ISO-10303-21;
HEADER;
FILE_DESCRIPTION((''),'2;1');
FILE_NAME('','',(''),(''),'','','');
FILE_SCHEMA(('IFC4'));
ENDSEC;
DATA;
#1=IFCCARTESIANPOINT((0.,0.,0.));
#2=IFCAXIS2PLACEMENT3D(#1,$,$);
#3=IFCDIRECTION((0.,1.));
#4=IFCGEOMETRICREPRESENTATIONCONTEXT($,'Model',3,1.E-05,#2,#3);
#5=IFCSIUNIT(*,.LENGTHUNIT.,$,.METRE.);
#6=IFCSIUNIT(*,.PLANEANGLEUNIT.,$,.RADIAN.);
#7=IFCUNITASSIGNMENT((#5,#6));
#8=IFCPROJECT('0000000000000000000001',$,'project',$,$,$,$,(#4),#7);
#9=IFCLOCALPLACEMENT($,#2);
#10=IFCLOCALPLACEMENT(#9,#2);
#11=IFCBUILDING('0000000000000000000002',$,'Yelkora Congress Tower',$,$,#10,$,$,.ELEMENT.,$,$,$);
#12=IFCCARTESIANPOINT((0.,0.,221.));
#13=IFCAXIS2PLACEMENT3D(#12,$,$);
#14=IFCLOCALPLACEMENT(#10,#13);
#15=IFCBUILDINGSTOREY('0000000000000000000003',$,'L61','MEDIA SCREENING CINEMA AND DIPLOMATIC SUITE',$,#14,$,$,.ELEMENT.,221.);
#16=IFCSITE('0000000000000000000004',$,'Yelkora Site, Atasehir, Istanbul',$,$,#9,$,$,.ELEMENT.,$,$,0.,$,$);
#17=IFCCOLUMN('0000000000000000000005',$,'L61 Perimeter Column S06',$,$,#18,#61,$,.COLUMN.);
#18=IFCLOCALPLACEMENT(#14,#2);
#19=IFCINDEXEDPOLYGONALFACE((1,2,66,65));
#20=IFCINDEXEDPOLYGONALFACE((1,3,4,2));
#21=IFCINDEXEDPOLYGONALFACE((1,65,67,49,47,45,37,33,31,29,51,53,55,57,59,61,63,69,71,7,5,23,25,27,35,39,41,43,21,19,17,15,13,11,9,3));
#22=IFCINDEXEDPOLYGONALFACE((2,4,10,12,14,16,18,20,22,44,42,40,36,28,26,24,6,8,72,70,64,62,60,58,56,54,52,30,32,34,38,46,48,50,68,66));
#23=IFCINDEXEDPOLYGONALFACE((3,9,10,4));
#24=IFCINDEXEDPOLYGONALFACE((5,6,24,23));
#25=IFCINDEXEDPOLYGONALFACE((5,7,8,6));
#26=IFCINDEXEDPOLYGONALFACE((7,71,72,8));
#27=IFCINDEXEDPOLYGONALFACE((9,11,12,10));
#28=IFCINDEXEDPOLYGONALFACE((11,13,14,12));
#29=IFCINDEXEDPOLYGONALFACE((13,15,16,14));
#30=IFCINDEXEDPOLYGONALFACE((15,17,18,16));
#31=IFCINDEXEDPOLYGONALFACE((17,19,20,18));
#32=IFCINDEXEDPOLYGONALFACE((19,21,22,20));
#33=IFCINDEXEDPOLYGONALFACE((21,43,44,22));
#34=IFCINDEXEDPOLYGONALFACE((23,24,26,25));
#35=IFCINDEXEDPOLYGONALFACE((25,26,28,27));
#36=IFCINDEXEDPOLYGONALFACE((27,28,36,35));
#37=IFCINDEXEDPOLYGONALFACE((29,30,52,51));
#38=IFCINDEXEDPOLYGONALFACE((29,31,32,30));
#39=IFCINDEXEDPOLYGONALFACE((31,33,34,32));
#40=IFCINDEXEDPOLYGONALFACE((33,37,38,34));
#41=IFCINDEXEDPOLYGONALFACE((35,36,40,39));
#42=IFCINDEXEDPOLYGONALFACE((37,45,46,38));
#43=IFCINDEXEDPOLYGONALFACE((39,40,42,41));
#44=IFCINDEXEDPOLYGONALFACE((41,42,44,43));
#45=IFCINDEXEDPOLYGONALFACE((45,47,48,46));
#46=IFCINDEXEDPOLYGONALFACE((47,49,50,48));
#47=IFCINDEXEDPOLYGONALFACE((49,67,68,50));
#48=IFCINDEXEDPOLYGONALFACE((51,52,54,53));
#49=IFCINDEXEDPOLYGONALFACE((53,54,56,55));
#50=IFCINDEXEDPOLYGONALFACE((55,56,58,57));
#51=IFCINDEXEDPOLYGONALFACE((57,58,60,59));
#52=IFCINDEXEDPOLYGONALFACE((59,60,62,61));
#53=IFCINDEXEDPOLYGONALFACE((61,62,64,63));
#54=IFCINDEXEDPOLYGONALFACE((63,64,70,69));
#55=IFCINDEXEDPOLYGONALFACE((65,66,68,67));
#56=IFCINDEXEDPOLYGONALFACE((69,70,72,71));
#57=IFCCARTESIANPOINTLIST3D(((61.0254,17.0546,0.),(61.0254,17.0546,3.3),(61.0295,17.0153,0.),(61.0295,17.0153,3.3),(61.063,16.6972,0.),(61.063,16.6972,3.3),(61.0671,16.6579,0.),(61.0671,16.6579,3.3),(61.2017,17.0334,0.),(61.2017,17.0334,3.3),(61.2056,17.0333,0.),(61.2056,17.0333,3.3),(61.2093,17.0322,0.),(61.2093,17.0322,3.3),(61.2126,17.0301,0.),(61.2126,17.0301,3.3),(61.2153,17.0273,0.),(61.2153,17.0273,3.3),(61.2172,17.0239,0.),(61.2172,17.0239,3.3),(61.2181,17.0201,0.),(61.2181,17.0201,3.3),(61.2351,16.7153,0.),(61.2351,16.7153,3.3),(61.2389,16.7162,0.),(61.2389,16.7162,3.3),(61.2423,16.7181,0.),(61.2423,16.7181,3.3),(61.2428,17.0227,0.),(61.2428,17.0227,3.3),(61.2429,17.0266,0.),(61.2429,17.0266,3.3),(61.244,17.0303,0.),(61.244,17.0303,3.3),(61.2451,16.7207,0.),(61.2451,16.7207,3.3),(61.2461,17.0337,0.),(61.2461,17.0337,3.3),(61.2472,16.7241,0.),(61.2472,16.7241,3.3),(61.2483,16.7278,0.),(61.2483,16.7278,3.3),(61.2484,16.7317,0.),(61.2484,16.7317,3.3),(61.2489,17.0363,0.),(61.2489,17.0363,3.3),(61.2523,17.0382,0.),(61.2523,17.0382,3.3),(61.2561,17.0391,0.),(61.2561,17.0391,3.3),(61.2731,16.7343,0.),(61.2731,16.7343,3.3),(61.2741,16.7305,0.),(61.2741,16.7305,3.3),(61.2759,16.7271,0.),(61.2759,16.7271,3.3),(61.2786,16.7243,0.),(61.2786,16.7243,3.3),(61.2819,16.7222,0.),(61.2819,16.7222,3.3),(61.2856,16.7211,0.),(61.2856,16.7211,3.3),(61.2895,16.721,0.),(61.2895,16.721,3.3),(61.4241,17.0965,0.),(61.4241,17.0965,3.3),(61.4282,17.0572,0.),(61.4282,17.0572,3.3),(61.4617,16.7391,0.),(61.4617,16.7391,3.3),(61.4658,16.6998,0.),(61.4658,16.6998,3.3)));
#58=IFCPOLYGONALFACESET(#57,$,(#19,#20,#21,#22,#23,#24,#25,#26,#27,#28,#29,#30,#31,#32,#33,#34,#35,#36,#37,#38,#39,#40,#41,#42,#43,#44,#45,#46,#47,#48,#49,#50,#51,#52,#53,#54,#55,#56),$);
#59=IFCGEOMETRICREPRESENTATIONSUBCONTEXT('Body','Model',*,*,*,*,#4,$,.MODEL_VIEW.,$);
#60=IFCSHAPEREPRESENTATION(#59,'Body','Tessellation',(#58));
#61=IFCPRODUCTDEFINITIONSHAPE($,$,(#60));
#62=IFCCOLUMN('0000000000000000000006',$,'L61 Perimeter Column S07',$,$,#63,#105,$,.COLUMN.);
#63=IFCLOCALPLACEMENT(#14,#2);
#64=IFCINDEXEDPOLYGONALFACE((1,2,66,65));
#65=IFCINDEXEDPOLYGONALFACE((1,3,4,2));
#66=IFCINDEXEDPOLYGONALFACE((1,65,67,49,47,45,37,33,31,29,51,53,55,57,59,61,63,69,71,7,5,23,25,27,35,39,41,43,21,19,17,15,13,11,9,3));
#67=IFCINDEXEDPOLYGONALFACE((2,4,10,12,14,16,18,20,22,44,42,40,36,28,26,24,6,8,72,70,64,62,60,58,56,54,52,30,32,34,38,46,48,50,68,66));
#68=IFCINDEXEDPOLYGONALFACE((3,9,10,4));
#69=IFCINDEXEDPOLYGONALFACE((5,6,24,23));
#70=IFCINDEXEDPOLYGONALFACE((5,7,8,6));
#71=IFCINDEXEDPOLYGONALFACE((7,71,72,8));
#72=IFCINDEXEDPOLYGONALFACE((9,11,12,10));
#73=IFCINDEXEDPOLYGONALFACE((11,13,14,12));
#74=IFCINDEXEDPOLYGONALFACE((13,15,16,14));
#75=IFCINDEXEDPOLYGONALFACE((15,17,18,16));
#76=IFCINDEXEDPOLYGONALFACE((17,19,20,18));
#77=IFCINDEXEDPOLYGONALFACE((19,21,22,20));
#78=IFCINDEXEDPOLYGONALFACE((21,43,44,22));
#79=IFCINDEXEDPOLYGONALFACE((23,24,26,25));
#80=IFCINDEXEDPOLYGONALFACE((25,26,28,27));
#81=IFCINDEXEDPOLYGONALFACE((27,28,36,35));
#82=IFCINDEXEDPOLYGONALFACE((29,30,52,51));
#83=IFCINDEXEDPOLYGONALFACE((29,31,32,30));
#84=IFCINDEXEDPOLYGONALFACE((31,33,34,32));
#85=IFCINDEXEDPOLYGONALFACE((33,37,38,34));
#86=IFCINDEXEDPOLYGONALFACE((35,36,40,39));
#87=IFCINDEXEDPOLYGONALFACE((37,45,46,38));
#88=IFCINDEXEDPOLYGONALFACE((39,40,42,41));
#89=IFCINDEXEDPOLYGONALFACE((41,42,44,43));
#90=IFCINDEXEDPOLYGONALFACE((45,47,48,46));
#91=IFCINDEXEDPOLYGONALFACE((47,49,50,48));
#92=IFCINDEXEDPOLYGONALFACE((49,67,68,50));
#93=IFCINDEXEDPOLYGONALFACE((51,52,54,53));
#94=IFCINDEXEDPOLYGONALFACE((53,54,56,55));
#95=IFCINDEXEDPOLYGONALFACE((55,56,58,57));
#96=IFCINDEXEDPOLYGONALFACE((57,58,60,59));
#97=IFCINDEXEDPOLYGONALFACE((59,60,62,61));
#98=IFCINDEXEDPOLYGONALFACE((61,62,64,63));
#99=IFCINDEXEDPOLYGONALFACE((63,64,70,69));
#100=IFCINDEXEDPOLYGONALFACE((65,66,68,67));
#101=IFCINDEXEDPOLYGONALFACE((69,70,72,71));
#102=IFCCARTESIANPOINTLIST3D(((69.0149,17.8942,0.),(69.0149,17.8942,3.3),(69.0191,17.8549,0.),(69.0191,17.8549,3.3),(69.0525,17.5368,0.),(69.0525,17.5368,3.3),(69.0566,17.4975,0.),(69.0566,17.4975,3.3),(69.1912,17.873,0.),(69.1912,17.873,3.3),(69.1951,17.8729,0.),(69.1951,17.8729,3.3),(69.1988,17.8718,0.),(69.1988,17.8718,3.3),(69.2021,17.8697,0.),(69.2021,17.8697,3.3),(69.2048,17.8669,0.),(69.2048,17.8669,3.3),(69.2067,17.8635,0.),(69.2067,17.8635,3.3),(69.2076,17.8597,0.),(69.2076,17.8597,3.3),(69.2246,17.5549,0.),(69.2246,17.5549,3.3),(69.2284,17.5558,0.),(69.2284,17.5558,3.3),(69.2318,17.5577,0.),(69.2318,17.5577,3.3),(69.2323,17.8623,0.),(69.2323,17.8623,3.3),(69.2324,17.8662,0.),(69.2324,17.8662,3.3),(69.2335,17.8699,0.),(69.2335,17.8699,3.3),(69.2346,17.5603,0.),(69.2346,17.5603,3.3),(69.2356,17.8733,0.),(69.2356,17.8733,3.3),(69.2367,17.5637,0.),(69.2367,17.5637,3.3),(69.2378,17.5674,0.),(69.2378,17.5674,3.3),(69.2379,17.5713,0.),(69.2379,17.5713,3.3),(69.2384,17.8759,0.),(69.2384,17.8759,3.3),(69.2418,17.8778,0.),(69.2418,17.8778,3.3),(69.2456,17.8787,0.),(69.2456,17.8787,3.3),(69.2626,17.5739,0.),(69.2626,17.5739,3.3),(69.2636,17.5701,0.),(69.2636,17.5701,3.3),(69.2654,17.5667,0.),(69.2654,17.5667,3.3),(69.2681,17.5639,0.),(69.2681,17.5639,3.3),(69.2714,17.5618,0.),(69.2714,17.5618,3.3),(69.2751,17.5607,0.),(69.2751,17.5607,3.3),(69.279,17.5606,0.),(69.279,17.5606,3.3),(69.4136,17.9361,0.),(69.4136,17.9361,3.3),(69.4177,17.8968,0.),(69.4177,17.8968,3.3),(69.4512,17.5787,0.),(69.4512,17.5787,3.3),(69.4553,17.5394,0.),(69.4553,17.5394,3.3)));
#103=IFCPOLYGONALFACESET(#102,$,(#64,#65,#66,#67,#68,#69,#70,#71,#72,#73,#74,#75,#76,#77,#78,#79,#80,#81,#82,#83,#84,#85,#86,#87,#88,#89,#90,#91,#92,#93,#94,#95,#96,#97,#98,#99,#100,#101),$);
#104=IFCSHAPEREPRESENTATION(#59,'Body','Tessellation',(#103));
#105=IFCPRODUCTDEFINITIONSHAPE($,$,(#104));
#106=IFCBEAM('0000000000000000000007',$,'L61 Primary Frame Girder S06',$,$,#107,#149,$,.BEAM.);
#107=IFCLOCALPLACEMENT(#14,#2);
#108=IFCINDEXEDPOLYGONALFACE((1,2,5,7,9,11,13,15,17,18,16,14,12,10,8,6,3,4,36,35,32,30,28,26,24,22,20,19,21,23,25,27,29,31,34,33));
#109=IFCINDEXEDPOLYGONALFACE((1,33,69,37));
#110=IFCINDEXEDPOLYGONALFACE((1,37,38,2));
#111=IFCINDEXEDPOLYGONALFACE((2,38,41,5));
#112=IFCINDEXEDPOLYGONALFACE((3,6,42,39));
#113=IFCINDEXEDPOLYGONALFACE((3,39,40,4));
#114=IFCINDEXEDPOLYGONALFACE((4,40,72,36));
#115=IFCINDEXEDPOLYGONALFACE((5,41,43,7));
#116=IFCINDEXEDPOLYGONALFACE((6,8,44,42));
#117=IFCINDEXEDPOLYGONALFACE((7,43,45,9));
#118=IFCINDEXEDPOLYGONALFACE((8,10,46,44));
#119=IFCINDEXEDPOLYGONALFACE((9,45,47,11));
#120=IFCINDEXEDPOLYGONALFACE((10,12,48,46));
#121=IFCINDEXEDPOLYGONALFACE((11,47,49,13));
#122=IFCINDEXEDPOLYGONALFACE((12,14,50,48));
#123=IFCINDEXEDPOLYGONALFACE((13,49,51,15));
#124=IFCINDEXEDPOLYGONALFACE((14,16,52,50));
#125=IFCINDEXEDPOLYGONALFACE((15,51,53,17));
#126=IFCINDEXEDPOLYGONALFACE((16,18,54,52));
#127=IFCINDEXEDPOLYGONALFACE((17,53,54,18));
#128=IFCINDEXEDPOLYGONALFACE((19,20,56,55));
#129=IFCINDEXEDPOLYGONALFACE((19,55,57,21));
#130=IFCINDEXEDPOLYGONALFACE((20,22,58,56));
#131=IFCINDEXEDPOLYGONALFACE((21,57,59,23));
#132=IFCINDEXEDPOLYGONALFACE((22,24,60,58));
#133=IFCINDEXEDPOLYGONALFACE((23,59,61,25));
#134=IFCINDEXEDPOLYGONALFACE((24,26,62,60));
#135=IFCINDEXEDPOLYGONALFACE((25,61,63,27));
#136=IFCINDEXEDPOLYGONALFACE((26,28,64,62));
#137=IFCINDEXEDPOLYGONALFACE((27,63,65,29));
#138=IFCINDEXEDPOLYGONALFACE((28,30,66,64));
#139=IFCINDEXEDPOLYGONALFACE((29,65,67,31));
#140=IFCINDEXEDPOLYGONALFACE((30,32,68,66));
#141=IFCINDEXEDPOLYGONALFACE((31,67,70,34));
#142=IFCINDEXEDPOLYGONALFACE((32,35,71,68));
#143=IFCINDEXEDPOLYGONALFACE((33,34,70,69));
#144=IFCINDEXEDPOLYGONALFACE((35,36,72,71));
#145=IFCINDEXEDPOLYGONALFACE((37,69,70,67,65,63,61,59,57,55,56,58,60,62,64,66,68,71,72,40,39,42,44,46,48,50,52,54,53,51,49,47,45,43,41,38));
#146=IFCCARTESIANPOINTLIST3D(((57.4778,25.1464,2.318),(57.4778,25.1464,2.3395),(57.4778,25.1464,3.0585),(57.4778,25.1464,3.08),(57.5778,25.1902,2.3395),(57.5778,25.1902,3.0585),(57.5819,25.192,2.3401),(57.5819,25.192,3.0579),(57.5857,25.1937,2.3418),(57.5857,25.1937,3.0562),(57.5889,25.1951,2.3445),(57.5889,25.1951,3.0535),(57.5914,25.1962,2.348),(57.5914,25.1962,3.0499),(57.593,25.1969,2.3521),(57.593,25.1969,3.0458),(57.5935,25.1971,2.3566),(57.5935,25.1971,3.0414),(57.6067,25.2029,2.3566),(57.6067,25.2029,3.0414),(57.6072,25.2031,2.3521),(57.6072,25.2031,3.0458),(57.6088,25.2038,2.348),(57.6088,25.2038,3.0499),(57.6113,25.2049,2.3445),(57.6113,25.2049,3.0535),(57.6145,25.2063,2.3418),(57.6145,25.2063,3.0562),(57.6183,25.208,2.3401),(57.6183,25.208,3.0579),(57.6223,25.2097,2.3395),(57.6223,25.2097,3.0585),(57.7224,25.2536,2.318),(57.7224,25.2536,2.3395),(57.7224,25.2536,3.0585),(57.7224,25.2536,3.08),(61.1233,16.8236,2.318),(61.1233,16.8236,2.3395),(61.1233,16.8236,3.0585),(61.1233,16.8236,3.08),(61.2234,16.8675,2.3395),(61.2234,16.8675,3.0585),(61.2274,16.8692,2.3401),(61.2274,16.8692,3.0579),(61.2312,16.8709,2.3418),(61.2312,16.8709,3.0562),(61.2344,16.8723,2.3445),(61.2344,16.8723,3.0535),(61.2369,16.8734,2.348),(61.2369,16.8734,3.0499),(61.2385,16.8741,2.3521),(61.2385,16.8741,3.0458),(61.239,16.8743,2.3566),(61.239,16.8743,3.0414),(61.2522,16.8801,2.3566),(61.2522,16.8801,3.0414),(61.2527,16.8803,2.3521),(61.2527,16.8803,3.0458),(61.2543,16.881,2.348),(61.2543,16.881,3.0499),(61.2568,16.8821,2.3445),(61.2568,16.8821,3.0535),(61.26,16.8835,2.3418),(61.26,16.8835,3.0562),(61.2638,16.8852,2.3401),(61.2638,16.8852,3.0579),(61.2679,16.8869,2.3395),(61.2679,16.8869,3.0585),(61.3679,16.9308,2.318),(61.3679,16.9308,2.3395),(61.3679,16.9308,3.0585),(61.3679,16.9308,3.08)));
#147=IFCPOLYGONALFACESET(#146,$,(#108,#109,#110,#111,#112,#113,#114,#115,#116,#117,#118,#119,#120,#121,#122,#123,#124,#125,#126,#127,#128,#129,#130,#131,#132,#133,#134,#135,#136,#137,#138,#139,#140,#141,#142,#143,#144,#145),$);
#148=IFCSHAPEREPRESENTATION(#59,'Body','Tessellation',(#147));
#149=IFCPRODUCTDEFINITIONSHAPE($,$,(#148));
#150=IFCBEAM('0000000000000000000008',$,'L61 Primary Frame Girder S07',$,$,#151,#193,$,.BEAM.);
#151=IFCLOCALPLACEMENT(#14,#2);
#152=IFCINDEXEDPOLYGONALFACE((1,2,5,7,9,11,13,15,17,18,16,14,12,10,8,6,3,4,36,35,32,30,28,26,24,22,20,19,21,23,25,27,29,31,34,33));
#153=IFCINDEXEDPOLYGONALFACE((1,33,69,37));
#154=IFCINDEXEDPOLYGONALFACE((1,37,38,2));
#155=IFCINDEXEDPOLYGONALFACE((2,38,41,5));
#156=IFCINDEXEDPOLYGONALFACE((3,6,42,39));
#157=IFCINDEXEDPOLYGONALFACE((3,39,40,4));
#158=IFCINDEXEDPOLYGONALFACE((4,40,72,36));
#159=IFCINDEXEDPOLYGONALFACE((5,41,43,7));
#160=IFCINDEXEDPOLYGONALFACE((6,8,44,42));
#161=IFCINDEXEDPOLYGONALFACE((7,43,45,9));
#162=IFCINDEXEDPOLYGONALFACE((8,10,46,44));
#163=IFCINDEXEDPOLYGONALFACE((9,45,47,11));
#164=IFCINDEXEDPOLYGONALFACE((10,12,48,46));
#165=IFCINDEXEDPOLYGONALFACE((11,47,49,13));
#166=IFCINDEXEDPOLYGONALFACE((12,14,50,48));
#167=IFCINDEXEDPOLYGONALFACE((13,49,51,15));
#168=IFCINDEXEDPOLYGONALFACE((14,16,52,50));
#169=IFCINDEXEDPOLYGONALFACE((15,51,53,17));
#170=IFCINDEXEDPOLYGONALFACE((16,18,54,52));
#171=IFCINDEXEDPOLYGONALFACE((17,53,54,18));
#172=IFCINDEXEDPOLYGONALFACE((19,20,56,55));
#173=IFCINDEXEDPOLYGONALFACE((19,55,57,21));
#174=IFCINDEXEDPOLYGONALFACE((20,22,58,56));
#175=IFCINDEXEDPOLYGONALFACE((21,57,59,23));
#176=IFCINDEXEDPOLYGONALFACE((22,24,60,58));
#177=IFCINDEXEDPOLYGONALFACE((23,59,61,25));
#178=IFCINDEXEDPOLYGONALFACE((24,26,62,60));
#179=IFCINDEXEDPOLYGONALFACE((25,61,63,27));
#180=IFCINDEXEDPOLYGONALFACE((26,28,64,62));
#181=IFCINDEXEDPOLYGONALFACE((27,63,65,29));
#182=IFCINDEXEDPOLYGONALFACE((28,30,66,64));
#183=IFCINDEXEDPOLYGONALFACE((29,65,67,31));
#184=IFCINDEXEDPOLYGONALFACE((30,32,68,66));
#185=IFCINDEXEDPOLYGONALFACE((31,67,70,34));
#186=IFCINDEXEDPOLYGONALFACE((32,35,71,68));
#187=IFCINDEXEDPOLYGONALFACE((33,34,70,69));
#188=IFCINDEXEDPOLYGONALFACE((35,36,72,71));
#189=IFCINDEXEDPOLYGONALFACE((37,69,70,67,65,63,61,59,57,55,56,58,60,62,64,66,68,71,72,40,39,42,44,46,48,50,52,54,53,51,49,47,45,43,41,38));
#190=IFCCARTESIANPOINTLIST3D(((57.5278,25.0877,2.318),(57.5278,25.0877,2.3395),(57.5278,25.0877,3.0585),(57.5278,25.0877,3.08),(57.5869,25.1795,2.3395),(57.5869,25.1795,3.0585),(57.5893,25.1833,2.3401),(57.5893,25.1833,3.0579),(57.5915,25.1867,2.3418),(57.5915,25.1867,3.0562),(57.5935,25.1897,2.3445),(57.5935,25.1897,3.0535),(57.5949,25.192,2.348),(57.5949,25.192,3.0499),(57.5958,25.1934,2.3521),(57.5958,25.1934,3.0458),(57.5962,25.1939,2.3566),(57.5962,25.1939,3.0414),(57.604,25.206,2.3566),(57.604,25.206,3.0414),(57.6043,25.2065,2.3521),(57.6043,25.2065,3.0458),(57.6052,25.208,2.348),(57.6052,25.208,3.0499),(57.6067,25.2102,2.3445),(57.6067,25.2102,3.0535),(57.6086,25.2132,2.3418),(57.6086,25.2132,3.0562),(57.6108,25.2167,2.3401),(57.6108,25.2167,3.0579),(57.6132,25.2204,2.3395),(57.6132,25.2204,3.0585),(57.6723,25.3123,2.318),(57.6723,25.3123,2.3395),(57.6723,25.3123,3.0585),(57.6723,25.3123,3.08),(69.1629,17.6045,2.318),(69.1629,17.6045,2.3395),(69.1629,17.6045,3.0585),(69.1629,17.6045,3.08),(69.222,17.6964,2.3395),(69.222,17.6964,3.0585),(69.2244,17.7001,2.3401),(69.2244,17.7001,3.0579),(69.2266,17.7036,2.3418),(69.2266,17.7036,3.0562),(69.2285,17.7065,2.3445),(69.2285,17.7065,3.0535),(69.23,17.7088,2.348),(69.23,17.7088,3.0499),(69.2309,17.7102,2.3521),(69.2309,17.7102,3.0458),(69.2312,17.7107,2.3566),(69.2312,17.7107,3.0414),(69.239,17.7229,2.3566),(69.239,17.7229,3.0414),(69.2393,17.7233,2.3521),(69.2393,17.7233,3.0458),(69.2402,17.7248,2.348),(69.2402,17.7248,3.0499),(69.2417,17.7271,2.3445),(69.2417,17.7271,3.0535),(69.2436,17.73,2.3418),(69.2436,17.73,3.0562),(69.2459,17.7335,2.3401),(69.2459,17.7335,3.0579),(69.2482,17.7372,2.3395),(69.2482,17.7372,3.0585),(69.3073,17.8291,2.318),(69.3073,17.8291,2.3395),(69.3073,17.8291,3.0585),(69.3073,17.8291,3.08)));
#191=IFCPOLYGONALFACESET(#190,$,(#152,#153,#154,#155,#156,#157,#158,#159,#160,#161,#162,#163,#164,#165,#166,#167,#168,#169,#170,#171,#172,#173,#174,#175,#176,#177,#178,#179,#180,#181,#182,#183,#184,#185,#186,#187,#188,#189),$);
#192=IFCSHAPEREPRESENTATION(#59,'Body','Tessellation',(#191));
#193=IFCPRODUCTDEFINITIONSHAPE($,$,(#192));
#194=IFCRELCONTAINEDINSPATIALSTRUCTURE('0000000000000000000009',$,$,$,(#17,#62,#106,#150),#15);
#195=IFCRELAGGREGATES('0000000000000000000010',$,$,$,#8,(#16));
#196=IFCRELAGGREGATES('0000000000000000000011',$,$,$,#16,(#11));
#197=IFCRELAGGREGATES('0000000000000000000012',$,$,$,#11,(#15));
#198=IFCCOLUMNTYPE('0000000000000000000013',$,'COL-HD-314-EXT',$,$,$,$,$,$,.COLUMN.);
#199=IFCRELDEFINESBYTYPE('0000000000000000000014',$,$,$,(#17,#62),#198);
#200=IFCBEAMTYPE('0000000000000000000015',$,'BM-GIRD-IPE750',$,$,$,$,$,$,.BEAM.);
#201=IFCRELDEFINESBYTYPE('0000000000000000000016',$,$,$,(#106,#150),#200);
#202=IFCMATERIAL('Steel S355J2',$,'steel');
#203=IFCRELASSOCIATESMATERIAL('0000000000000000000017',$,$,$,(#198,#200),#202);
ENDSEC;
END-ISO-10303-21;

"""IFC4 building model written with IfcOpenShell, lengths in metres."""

from ifc_helpers import new_model, si_unit, direction, frame, origin, origin_2d, place, context, subcontext, project, spatial, i_section, extrude, material, material_profile, profile_set, type_object, element, save


model = new_model("IFC4")

# Units and contexts
model_context = context("Model", 3, precision=1e-05, world=origin(), true_north=direction((0.0, 1.0)))
body_context = subcontext(model_context, "Body", "Model", "MODEL_VIEW")
ifc_project = project(units=[si_unit("LENGTHUNIT", "METRE"), si_unit("PLANEANGLEUNIT", "RADIAN")], contexts=[model_context])

# Site, building, storey
site_placement = place(None, origin())
site = spatial("IfcSite", under=ifc_project, at=site_placement, Name="Yelkora Site, Atasehir, Istanbul", CompositionType="ELEMENT", RefElevation=0.0)
building_placement = place(site_placement, origin())
building = spatial("IfcBuilding", under=site, at=building_placement, Name="Yelkora Congress Tower", CompositionType="ELEMENT")
storey_placement = place(building_placement, frame((0.0, 0.0, 221.0)))
storey = spatial("IfcBuildingStorey", under=building, at=storey_placement, Name="L61", Description="MEDIA SCREENING CINEMA AND DIPLOMATIC SUITE", CompositionType="ELEMENT", Elevation=221.0)

# Columns
ifc_material_1 = material(Name="Steel S355J2", Category="steel")
ifc_material_profile_1 = material_profile(ifc_material_1, i_section(OverallWidth=0.4009, OverallDepth=0.3989, WebThickness=0.0249, FlangeThickness=0.0396, FilletRadius=0.0149, at=origin_2d()), Name="HD 400x314")
ifc_profile_set_1 = profile_set([ifc_material_profile_1], Name="Steel S355J2")
column_type = type_object("IfcColumnType", Name="COL-HD-314-EXT", PredefinedType="COLUMN", material=ifc_profile_set_1)
for number, where, z_axis, x_axis, name in (
    (1, (61.2456, 16.8772, 0.0), (0.0, 0.0, 1.0), (0.994522, 0.104528, 0.0), "L61 Perimeter Column S06"),
    (2, (69.2351, 17.7168, 0.0), (0.0, 0.0, 1.0), (0.994522, 0.104528, 0.0), "L61 Perimeter Column S07"),
):
    element("IfcColumn", number, at=place(storey_placement, frame(where, z_axis=z_axis, x_axis=x_axis)), inside=storey, type_object=column_type, Name=name, PredefinedType="COLUMN", context=body_context, shape_type="SweptSolid", body=[
        extrude(i_section(OverallWidth=0.4009, OverallDepth=0.3989, WebThickness=0.0249, FlangeThickness=0.0396, FilletRadius=0.0149, at=origin_2d()), origin(), (0.0, 0.0, 1.0), 3.3),
    ])

# Beams
ifc_material_profile_2 = material_profile(ifc_material_1, i_section(OverallWidth=0.2671, OverallDepth=0.762, WebThickness=0.0144, FlangeThickness=0.0215, FilletRadius=0.0171, at=origin_2d()), Name="IPE 750x173")
ifc_profile_set_2 = profile_set([ifc_material_profile_2], Name="Steel S355J2")
beam_type_1 = type_object("IfcBeamType", Name="BM-GIRD-IPE750", PredefinedType="BEAM", material=ifc_profile_set_2)
beam_1_placement = place(storey_placement, frame((61.2456, 16.8772, 2.699), z_axis=(-0.401216, 0.915983, 0.0), x_axis=(-0.915983, -0.401216, 0.0)))
element("IfcBeam", 3, at=beam_1_placement, inside=storey, type_object=beam_type_1, Name="L61 Primary Frame Girder S06", PredefinedType="BEAM", context=body_context, shape_type="SweptSolid", body=[
    extrude(i_section(OverallWidth=0.2671, OverallDepth=0.762, WebThickness=0.0144, FlangeThickness=0.0215, FilletRadius=0.0171, at=origin_2d()), origin(), (0.0, 0.0, 1.0), 9.0862),
])
beam_2_placement = place(storey_placement, frame((69.2351, 17.7168, 2.699), z_axis=(-0.841063, 0.540937, 0.0), x_axis=(-0.540937, -0.841063, 0.0)))
element("IfcBeam", 4, at=beam_2_placement, inside=storey, type_object=beam_type_1, Name="L61 Primary Frame Girder S07", PredefinedType="BEAM", context=body_context, shape_type="SweptSolid", body=[
    extrude(i_section(OverallWidth=0.2671, OverallDepth=0.762, WebThickness=0.0144, FlangeThickness=0.0215, FilletRadius=0.0171, at=origin_2d()), origin(), (0.0, 0.0, 1.0), 13.8337),
])

save(model, "model.ifc")
